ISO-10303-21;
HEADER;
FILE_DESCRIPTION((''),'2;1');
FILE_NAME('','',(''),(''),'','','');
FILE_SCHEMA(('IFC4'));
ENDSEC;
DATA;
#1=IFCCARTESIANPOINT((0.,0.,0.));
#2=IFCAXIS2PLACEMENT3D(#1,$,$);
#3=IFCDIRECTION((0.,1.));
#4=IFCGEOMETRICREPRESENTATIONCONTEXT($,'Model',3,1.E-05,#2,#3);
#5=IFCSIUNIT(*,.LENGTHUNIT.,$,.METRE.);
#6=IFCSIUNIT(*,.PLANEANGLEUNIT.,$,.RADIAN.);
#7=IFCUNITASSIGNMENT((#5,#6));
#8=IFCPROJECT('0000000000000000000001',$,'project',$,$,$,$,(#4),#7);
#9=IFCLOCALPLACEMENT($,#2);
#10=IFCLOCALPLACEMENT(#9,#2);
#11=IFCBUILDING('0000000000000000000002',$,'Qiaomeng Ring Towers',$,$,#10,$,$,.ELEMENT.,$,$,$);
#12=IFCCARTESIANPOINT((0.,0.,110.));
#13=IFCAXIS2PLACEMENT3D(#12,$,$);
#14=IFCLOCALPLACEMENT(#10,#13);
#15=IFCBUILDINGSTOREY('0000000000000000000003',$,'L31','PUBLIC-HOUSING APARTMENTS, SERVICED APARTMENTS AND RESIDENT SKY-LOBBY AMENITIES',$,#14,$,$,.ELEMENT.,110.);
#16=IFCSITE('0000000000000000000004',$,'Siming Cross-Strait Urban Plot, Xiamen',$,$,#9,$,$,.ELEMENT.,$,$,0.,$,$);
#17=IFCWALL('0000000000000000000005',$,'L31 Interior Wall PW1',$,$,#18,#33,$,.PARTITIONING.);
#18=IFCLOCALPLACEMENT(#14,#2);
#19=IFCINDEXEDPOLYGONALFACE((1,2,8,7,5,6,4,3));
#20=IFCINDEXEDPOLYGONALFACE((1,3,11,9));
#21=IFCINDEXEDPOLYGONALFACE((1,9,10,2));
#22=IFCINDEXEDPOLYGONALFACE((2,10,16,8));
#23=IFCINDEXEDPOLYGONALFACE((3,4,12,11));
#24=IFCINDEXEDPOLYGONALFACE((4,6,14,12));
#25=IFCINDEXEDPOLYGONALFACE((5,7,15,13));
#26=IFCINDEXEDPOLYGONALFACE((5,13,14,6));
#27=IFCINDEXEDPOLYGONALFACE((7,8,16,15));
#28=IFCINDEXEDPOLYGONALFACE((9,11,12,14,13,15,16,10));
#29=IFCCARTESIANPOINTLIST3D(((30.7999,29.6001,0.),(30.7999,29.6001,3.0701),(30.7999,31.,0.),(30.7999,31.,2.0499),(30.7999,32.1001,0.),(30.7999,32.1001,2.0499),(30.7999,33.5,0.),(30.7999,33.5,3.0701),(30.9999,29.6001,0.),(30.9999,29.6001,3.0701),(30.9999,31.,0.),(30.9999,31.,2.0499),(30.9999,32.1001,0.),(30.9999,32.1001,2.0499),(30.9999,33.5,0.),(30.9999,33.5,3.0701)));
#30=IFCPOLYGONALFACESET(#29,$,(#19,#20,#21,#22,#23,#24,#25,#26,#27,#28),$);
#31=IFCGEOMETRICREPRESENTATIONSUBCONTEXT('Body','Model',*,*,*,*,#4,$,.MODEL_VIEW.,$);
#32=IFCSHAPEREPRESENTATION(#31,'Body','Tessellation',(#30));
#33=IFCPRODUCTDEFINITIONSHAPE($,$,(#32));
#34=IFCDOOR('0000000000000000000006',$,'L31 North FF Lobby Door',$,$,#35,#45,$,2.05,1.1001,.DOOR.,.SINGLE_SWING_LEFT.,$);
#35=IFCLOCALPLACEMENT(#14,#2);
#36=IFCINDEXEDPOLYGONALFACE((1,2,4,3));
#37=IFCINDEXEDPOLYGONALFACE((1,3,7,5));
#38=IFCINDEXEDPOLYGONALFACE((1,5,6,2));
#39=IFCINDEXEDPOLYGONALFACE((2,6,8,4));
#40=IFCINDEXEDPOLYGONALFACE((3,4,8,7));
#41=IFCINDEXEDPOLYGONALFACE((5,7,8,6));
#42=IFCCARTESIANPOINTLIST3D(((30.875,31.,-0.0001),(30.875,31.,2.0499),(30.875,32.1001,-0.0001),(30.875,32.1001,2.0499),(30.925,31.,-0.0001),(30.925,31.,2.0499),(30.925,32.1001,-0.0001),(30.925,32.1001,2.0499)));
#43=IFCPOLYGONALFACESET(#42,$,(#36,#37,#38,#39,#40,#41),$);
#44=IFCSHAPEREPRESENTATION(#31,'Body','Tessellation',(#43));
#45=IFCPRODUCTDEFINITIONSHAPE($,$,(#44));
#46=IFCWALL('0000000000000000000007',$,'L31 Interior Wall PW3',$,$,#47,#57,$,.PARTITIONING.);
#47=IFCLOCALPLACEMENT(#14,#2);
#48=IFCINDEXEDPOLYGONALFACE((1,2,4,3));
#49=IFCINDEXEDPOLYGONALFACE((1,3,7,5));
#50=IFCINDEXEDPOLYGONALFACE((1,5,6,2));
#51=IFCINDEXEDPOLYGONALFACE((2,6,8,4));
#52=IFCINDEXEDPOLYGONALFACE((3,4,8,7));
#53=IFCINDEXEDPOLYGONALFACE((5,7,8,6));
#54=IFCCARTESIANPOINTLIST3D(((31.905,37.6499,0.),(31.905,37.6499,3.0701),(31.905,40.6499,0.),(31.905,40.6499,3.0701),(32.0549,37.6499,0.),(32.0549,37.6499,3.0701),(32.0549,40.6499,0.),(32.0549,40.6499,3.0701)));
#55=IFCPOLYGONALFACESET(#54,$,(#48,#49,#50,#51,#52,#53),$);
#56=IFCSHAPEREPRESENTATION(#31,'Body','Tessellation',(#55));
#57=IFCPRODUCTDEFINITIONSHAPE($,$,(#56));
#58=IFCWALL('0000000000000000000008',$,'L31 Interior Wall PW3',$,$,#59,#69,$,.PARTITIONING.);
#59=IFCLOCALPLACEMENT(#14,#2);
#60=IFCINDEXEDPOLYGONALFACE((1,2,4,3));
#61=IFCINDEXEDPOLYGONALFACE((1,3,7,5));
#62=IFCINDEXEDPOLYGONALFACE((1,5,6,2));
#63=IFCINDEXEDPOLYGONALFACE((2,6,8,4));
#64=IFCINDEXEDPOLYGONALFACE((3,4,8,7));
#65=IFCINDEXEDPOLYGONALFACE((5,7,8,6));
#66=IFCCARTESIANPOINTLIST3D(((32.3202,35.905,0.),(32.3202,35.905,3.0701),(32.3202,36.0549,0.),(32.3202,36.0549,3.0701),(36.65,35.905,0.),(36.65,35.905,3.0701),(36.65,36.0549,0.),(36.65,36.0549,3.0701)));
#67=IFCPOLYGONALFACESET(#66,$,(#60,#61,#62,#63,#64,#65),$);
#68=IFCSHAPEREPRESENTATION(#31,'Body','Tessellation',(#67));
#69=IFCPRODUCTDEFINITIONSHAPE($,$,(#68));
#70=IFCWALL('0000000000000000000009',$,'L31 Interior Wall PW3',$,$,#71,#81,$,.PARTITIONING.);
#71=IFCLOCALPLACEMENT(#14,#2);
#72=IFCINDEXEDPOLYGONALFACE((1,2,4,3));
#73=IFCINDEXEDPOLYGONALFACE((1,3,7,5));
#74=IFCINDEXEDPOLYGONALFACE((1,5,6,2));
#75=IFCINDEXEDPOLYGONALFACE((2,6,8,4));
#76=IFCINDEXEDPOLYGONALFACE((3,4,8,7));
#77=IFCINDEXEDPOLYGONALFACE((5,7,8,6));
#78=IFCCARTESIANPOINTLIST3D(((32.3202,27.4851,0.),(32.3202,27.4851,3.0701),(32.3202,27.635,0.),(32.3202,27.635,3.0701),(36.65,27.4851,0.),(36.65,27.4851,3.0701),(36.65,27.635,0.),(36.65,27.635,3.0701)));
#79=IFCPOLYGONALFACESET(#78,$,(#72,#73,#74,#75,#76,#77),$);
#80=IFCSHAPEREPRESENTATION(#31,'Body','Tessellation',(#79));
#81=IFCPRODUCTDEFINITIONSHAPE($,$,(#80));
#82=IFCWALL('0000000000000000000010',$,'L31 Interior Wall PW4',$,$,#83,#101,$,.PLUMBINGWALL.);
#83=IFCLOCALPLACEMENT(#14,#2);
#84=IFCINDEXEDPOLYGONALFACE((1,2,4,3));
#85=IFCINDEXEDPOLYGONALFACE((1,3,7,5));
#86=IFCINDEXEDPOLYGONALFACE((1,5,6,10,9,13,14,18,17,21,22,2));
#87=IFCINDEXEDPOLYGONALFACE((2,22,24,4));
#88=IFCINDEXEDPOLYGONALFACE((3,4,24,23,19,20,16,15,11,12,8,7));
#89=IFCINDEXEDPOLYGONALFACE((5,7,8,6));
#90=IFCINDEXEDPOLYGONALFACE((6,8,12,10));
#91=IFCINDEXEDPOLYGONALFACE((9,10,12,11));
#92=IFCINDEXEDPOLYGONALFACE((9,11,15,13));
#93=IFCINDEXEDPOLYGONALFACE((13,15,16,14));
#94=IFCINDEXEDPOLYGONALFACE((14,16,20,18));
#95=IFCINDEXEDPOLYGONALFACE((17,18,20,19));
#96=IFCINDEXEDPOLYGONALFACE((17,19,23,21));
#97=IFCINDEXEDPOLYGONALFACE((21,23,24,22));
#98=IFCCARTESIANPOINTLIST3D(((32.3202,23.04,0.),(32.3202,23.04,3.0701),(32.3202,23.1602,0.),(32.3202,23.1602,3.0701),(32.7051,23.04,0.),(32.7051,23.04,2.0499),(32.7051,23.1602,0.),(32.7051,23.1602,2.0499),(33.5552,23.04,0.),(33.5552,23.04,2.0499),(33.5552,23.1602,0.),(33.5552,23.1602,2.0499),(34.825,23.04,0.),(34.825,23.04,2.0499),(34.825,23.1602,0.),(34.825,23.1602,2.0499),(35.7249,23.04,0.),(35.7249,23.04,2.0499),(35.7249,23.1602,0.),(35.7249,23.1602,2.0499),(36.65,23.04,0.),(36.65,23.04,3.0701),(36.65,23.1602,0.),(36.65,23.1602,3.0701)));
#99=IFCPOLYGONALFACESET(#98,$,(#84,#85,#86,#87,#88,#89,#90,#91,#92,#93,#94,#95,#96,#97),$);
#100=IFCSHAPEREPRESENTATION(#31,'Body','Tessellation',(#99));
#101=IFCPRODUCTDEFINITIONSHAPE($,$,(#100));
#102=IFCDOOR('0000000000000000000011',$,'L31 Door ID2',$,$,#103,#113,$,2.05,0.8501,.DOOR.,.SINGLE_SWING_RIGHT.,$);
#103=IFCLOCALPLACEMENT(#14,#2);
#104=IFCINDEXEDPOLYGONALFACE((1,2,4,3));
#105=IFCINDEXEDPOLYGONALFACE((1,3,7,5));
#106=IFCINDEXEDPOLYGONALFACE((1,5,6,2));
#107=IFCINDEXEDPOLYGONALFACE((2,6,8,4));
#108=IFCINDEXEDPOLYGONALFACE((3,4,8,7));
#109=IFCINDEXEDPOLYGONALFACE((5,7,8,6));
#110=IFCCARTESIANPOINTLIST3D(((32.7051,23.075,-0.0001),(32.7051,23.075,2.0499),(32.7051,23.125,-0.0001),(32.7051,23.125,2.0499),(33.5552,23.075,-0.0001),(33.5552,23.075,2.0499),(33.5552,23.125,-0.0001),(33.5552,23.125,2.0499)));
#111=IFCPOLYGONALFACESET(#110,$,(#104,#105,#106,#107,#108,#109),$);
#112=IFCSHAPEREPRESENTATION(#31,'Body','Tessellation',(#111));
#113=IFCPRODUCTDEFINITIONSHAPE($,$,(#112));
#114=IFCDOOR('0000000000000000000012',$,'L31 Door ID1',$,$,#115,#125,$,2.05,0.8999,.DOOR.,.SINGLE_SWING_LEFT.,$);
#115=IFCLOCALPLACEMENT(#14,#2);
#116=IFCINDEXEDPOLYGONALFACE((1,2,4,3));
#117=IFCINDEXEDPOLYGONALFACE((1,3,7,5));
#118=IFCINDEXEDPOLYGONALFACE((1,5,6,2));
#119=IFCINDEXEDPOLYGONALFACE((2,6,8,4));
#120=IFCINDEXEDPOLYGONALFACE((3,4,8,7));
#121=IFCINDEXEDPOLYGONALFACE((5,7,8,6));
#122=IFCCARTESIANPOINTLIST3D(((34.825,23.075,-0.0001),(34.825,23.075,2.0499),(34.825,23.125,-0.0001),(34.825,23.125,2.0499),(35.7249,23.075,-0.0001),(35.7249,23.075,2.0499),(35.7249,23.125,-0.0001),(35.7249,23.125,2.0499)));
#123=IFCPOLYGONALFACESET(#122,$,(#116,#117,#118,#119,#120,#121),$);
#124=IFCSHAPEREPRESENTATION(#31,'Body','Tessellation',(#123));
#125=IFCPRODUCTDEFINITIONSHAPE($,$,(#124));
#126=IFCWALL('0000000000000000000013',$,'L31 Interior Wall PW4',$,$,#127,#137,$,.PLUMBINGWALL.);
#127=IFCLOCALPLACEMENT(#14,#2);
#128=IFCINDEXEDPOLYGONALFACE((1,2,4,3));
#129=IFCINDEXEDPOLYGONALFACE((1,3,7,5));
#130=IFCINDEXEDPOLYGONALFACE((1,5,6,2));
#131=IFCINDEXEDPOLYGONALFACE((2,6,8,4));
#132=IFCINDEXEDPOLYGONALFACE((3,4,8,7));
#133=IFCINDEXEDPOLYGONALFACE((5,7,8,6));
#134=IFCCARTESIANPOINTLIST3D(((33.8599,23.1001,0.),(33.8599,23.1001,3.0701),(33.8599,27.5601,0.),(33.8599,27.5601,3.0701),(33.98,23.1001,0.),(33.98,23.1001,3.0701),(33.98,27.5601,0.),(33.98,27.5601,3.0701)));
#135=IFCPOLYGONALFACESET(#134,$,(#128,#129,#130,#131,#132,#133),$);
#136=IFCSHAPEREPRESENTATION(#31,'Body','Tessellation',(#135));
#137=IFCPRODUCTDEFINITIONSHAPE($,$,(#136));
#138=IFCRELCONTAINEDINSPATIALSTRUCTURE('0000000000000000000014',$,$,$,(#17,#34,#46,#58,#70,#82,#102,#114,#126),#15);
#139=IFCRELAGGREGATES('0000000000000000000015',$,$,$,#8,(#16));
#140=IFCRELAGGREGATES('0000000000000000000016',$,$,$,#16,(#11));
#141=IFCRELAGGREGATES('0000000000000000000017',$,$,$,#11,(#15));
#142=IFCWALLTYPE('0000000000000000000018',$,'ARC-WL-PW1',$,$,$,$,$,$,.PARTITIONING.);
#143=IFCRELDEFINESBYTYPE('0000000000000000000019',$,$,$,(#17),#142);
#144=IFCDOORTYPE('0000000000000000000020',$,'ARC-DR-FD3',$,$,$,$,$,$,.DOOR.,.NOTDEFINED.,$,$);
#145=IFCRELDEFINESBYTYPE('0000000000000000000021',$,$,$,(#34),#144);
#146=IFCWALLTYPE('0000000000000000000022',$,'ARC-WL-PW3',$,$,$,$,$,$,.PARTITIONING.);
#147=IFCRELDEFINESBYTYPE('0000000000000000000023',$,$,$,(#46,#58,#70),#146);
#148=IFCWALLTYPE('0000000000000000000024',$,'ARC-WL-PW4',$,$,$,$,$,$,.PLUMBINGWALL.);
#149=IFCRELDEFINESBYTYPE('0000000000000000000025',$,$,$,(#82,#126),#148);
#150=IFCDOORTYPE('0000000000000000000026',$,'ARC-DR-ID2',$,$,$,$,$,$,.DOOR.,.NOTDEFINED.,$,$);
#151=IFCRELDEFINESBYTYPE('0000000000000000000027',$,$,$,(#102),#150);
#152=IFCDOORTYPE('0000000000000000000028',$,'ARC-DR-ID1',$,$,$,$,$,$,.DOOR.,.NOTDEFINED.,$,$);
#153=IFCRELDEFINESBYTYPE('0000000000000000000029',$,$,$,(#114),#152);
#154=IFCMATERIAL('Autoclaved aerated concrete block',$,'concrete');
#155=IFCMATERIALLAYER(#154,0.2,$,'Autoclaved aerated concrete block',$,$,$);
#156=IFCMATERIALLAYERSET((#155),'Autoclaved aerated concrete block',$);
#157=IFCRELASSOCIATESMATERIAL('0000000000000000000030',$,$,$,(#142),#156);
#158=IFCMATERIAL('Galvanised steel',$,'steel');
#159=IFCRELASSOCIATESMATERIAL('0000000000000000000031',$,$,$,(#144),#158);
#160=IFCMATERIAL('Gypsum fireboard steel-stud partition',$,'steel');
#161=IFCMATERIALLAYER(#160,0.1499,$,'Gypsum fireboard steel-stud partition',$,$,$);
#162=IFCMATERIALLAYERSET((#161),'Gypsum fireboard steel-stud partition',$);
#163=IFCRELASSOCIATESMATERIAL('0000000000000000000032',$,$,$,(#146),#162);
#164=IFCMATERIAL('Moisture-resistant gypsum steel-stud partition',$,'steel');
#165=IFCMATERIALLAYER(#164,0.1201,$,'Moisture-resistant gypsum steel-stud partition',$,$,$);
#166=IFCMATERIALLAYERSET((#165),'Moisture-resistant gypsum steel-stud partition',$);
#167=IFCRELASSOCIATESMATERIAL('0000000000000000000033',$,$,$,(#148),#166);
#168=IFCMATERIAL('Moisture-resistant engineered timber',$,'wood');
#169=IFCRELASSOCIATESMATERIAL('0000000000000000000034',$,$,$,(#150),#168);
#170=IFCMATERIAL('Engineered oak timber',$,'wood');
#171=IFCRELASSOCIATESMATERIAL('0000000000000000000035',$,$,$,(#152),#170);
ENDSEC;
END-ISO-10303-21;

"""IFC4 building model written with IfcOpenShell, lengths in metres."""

from ifc_helpers import new_model, si_unit, direction, frame, frame_2d, origin, place, context, subcontext, project, spatial, rectangle, extrude, source, transform, mapped, material, layer, layer_set, type_object, element, fill, save


model = new_model("IFC4")

# Units and contexts
model_context = context("Model", 3, precision=1e-05, world=origin(), true_north=direction((0.0, 1.0)))
body_context = subcontext(model_context, "Body", "Model", "MODEL_VIEW")
ifc_project = project(units=[si_unit("LENGTHUNIT", "METRE"), si_unit("PLANEANGLEUNIT", "RADIAN")], contexts=[model_context])

# Site, building, storey
site_placement = place(None, origin())
site = spatial("IfcSite", under=ifc_project, at=site_placement, Name="Siming Cross-Strait Urban Plot, Xiamen", CompositionType="ELEMENT", RefElevation=0.0)
building_placement = place(site_placement, origin())
building = spatial("IfcBuilding", under=site, at=building_placement, Name="Qiaomeng Ring Towers", CompositionType="ELEMENT")
storey_placement = place(building_placement, frame((0.0, 0.0, 110.0)))
storey = spatial("IfcBuildingStorey", under=building, at=storey_placement, Name="L31", Description="PUBLIC-HOUSING APARTMENTS, SERVICED APARTMENTS AND RESIDENT SKY-LOBBY AMENITIES", CompositionType="ELEMENT", Elevation=110.0)

# Shared definitions
ifc_material_1 = material(Name="Autoclaved aerated concrete block", Category="concrete")
ifc_layer_1 = layer(ifc_material_1, 0.2, Name="Autoclaved aerated concrete block")
ifc_layer_set_1 = layer_set([ifc_layer_1], Name="Autoclaved aerated concrete block")
wall_type_1 = type_object("IfcWallType", Name="ARC-WL-PW1", PredefinedType="PARTITIONING", material=ifc_layer_set_1)

# Wall, opening, door
wall_1_placement = place(storey_placement, frame((30.8999, 29.6001, 0.0), z_axis=(0.0, 0.0, 1.0), x_axis=(0.0, 1.0, 0.0)))
wall_1 = element("IfcWall", 1, at=wall_1_placement, inside=storey, type_object=wall_type_1, Name="L31 Interior Wall PW1", PredefinedType="PARTITIONING", context=body_context, shape_type="SweptSolid", body=[
    extrude(rectangle(XDim=3.8999, YDim=0.2, at=frame_2d((1.95, 0.0))), origin(), (0.0, 0.0, 1.0), 3.0701),
])
opening_1_placement = place(wall_1_placement, frame((1.3999, 0.0, 0.0)))
opening_1 = element("IfcOpeningElement", 2, at=opening_1_placement, cuts=wall_1, PredefinedType="OPENING", context=body_context, shape_type="SweptSolid", body=[
    extrude(rectangle(XDim=1.1001, YDim=2.05, at=frame_2d((0.55, 1.0249))), frame((0.0, 0.1099, 0.0), z_axis=(0.0, -1.0, 0.0), x_axis=(1.0, 0.0, 0.0)), (0.0, 0.0, 1.0), 0.22),
])
ifc_material_2 = material(Name="Galvanised steel", Category="steel")
door_type_1 = type_object("IfcDoorType", Name="ARC-DR-FD3", OperationType="NOTDEFINED", PredefinedType="DOOR", material=ifc_material_2)
shared_shape_1 = source(origin(), body_context, "Body", "SweptSolid", [
    extrude(rectangle(XDim=1.1001, YDim=2.05, at=frame_2d((0.55, 1.0249))), frame((0.0, 0.0249, 0.0), z_axis=(0.0, -1.0, 0.0), x_axis=(1.0, 0.0, 0.0)), (0.0, 0.0, 1.0), 0.05),
])
door_1_placement = place(opening_1_placement, origin())
door_1 = element("IfcDoor", 3, at=door_1_placement, inside=storey, type_object=door_type_1, Name="L31 North FF Lobby Door", OperationType="SINGLE_SWING_LEFT", OverallHeight=2.05, OverallWidth=1.1001, PredefinedType="DOOR", context=body_context, shape_type="MappedRepresentation", body=[
    mapped(shared_shape_1, transform((0.0, 0.0, 0.0), x_axis=(1.0, 0.0, 0.0), y_axis=(0.0, 1.0, 0.0), z_axis=(0.0, 0.0, 1.0), scale=1.0)),
])
fill(opening_1, door_1)

# Walls
ifc_material_3 = material(Name="Gypsum fireboard steel-stud partition", Category="steel")
ifc_layer_2 = layer(ifc_material_3, 0.1499, Name="Gypsum fireboard steel-stud partition")
ifc_layer_set_2 = layer_set([ifc_layer_2], Name="Gypsum fireboard steel-stud partition")
wall_type_2 = type_object("IfcWallType", Name="ARC-WL-PW3", PredefinedType="PARTITIONING", material=ifc_layer_set_2)
wall_2_placement = place(storey_placement, frame((31.98, 37.6499, 0.0), z_axis=(0.0, 0.0, 1.0), x_axis=(0.0, 1.0, 0.0)))
element("IfcWall", 4, at=wall_2_placement, inside=storey, type_object=wall_type_2, Name="L31 Interior Wall PW3", PredefinedType="PARTITIONING", context=body_context, shape_type="SweptSolid", body=[
    extrude(rectangle(XDim=3.0, YDim=0.1499, at=frame_2d((1.5, 0.0))), origin(), (0.0, 0.0, 1.0), 3.0701),
])
for number, where, z_axis, x_axis, name in (
    (5, (32.3201, 35.98, 0.0), (0.0, 0.0, 1.0), (1.0, 0.0, 0.0), "L31 Interior Wall PW3"),
    (6, (32.3201, 27.5601, 0.0), (0.0, 0.0, 1.0), (1.0, 0.0, 0.0), "L31 Interior Wall PW3"),
):
    element("IfcWall", number, at=place(storey_placement, frame(where, z_axis=z_axis, x_axis=x_axis)), inside=storey, type_object=wall_type_2, Name=name, PredefinedType="PARTITIONING", context=body_context, shape_type="SweptSolid", body=[
        extrude(rectangle(XDim=4.3298, YDim=0.1499, at=frame_2d((2.165, 0.0))), origin(), (0.0, 0.0, 1.0), 3.0701),
    ])

# Wall, openings, doors
ifc_material_4 = material(Name="Moisture-resistant gypsum steel-stud partition", Category="steel")
ifc_layer_3 = layer(ifc_material_4, 0.1201, Name="Moisture-resistant gypsum steel-stud partition")
ifc_layer_set_3 = layer_set([ifc_layer_3], Name="Moisture-resistant gypsum steel-stud partition")
wall_type_3 = type_object("IfcWallType", Name="ARC-WL-PW4", PredefinedType="PLUMBINGWALL", material=ifc_layer_set_3)
wall_3_placement = place(storey_placement, frame((32.3201, 23.1001, 0.0), z_axis=(0.0, 0.0, 1.0), x_axis=(1.0, 0.0, 0.0)))
wall_3 = element("IfcWall", 7, at=wall_3_placement, inside=storey, type_object=wall_type_3, Name="L31 Interior Wall PW4", PredefinedType="PLUMBINGWALL", context=body_context, shape_type="SweptSolid", body=[
    extrude(rectangle(XDim=4.3298, YDim=0.1201, at=frame_2d((2.165, 0.0))), origin(), (0.0, 0.0, 1.0), 3.0701),
])
opening_2_placement = place(wall_3_placement, frame((0.385, 0.0, 0.0)))
opening_2 = element("IfcOpeningElement", 8, at=opening_2_placement, cuts=wall_3, PredefinedType="OPENING", context=body_context, shape_type="SweptSolid", body=[
    extrude(rectangle(XDim=0.8501, YDim=2.05, at=frame_2d((0.425, 1.0249))), frame((0.0, 0.0701, 0.0), z_axis=(0.0, -1.0, 0.0), x_axis=(1.0, 0.0, 0.0)), (0.0, 0.0, 1.0), 0.1401),
])
opening_3_placement = place(wall_3_placement, frame((2.5049, 0.0, 0.0)))
opening_3 = element("IfcOpeningElement", 9, at=opening_3_placement, cuts=wall_3, PredefinedType="OPENING", context=body_context, shape_type="SweptSolid", body=[
    extrude(rectangle(XDim=0.8999, YDim=2.05, at=frame_2d((0.45, 1.0249))), frame((0.0, 0.0701, 0.0), z_axis=(0.0, -1.0, 0.0), x_axis=(1.0, 0.0, 0.0)), (0.0, 0.0, 1.0), 0.1401),
])
ifc_material_5 = material(Name="Moisture-resistant engineered timber", Category="wood")
door_type_2 = type_object("IfcDoorType", Name="ARC-DR-ID2", OperationType="NOTDEFINED", PredefinedType="DOOR", material=ifc_material_5)
shared_shape_2 = source(origin(), body_context, "Body", "SweptSolid", [
    extrude(rectangle(XDim=0.8501, YDim=2.05, at=frame_2d((0.425, 1.0249))), frame((0.0, 0.0249, 0.0), z_axis=(0.0, -1.0, 0.0), x_axis=(1.0, 0.0, 0.0)), (0.0, 0.0, 1.0), 0.05),
])
door_2_placement = place(opening_2_placement, origin())
door_2 = element("IfcDoor", 10, at=door_2_placement, inside=storey, type_object=door_type_2, Name="L31 Door ID2", OperationType="SINGLE_SWING_RIGHT", OverallHeight=2.05, OverallWidth=0.8501, PredefinedType="DOOR", context=body_context, shape_type="MappedRepresentation", body=[
    mapped(shared_shape_2, transform((0.0, 0.0, 0.0), x_axis=(1.0, 0.0, 0.0), y_axis=(0.0, 1.0, 0.0), z_axis=(0.0, 0.0, 1.0), scale=1.0)),
])
fill(opening_2, door_2)
ifc_material_6 = material(Name="Engineered oak timber", Category="wood")
door_type_3 = type_object("IfcDoorType", Name="ARC-DR-ID1", OperationType="NOTDEFINED", PredefinedType="DOOR", material=ifc_material_6)
shared_shape_3 = source(origin(), body_context, "Body", "SweptSolid", [
    extrude(rectangle(XDim=0.8999, YDim=2.05, at=frame_2d((0.45, 1.0249))), frame((0.0, 0.0249, 0.0), z_axis=(0.0, -1.0, 0.0), x_axis=(1.0, 0.0, 0.0)), (0.0, 0.0, 1.0), 0.05),
])
door_3_placement = place(opening_3_placement, origin())
door_3 = element("IfcDoor", 11, at=door_3_placement, inside=storey, type_object=door_type_3, Name="L31 Door ID1", OperationType="SINGLE_SWING_LEFT", OverallHeight=2.05, OverallWidth=0.8999, PredefinedType="DOOR", context=body_context, shape_type="MappedRepresentation", body=[
    mapped(shared_shape_3, transform((0.0, 0.0, 0.0), x_axis=(1.0, 0.0, 0.0), y_axis=(0.0, 1.0, 0.0), z_axis=(0.0, 0.0, 1.0), scale=1.0)),
])
fill(opening_3, door_3)

# Wall
wall_4_placement = place(storey_placement, frame((33.9199, 23.1001, 0.0), z_axis=(0.0, 0.0, 1.0), x_axis=(0.0, 1.0, 0.0)))
element("IfcWall", 12, at=wall_4_placement, inside=storey, type_object=wall_type_3, Name="L31 Interior Wall PW4", PredefinedType="PLUMBINGWALL", context=body_context, shape_type="SweptSolid", body=[
    extrude(rectangle(XDim=4.46, YDim=0.1201, at=frame_2d((2.23, 0.0))), origin(), (0.0, 0.0, 1.0), 3.0701),
])

save(model, "model.ifc")
